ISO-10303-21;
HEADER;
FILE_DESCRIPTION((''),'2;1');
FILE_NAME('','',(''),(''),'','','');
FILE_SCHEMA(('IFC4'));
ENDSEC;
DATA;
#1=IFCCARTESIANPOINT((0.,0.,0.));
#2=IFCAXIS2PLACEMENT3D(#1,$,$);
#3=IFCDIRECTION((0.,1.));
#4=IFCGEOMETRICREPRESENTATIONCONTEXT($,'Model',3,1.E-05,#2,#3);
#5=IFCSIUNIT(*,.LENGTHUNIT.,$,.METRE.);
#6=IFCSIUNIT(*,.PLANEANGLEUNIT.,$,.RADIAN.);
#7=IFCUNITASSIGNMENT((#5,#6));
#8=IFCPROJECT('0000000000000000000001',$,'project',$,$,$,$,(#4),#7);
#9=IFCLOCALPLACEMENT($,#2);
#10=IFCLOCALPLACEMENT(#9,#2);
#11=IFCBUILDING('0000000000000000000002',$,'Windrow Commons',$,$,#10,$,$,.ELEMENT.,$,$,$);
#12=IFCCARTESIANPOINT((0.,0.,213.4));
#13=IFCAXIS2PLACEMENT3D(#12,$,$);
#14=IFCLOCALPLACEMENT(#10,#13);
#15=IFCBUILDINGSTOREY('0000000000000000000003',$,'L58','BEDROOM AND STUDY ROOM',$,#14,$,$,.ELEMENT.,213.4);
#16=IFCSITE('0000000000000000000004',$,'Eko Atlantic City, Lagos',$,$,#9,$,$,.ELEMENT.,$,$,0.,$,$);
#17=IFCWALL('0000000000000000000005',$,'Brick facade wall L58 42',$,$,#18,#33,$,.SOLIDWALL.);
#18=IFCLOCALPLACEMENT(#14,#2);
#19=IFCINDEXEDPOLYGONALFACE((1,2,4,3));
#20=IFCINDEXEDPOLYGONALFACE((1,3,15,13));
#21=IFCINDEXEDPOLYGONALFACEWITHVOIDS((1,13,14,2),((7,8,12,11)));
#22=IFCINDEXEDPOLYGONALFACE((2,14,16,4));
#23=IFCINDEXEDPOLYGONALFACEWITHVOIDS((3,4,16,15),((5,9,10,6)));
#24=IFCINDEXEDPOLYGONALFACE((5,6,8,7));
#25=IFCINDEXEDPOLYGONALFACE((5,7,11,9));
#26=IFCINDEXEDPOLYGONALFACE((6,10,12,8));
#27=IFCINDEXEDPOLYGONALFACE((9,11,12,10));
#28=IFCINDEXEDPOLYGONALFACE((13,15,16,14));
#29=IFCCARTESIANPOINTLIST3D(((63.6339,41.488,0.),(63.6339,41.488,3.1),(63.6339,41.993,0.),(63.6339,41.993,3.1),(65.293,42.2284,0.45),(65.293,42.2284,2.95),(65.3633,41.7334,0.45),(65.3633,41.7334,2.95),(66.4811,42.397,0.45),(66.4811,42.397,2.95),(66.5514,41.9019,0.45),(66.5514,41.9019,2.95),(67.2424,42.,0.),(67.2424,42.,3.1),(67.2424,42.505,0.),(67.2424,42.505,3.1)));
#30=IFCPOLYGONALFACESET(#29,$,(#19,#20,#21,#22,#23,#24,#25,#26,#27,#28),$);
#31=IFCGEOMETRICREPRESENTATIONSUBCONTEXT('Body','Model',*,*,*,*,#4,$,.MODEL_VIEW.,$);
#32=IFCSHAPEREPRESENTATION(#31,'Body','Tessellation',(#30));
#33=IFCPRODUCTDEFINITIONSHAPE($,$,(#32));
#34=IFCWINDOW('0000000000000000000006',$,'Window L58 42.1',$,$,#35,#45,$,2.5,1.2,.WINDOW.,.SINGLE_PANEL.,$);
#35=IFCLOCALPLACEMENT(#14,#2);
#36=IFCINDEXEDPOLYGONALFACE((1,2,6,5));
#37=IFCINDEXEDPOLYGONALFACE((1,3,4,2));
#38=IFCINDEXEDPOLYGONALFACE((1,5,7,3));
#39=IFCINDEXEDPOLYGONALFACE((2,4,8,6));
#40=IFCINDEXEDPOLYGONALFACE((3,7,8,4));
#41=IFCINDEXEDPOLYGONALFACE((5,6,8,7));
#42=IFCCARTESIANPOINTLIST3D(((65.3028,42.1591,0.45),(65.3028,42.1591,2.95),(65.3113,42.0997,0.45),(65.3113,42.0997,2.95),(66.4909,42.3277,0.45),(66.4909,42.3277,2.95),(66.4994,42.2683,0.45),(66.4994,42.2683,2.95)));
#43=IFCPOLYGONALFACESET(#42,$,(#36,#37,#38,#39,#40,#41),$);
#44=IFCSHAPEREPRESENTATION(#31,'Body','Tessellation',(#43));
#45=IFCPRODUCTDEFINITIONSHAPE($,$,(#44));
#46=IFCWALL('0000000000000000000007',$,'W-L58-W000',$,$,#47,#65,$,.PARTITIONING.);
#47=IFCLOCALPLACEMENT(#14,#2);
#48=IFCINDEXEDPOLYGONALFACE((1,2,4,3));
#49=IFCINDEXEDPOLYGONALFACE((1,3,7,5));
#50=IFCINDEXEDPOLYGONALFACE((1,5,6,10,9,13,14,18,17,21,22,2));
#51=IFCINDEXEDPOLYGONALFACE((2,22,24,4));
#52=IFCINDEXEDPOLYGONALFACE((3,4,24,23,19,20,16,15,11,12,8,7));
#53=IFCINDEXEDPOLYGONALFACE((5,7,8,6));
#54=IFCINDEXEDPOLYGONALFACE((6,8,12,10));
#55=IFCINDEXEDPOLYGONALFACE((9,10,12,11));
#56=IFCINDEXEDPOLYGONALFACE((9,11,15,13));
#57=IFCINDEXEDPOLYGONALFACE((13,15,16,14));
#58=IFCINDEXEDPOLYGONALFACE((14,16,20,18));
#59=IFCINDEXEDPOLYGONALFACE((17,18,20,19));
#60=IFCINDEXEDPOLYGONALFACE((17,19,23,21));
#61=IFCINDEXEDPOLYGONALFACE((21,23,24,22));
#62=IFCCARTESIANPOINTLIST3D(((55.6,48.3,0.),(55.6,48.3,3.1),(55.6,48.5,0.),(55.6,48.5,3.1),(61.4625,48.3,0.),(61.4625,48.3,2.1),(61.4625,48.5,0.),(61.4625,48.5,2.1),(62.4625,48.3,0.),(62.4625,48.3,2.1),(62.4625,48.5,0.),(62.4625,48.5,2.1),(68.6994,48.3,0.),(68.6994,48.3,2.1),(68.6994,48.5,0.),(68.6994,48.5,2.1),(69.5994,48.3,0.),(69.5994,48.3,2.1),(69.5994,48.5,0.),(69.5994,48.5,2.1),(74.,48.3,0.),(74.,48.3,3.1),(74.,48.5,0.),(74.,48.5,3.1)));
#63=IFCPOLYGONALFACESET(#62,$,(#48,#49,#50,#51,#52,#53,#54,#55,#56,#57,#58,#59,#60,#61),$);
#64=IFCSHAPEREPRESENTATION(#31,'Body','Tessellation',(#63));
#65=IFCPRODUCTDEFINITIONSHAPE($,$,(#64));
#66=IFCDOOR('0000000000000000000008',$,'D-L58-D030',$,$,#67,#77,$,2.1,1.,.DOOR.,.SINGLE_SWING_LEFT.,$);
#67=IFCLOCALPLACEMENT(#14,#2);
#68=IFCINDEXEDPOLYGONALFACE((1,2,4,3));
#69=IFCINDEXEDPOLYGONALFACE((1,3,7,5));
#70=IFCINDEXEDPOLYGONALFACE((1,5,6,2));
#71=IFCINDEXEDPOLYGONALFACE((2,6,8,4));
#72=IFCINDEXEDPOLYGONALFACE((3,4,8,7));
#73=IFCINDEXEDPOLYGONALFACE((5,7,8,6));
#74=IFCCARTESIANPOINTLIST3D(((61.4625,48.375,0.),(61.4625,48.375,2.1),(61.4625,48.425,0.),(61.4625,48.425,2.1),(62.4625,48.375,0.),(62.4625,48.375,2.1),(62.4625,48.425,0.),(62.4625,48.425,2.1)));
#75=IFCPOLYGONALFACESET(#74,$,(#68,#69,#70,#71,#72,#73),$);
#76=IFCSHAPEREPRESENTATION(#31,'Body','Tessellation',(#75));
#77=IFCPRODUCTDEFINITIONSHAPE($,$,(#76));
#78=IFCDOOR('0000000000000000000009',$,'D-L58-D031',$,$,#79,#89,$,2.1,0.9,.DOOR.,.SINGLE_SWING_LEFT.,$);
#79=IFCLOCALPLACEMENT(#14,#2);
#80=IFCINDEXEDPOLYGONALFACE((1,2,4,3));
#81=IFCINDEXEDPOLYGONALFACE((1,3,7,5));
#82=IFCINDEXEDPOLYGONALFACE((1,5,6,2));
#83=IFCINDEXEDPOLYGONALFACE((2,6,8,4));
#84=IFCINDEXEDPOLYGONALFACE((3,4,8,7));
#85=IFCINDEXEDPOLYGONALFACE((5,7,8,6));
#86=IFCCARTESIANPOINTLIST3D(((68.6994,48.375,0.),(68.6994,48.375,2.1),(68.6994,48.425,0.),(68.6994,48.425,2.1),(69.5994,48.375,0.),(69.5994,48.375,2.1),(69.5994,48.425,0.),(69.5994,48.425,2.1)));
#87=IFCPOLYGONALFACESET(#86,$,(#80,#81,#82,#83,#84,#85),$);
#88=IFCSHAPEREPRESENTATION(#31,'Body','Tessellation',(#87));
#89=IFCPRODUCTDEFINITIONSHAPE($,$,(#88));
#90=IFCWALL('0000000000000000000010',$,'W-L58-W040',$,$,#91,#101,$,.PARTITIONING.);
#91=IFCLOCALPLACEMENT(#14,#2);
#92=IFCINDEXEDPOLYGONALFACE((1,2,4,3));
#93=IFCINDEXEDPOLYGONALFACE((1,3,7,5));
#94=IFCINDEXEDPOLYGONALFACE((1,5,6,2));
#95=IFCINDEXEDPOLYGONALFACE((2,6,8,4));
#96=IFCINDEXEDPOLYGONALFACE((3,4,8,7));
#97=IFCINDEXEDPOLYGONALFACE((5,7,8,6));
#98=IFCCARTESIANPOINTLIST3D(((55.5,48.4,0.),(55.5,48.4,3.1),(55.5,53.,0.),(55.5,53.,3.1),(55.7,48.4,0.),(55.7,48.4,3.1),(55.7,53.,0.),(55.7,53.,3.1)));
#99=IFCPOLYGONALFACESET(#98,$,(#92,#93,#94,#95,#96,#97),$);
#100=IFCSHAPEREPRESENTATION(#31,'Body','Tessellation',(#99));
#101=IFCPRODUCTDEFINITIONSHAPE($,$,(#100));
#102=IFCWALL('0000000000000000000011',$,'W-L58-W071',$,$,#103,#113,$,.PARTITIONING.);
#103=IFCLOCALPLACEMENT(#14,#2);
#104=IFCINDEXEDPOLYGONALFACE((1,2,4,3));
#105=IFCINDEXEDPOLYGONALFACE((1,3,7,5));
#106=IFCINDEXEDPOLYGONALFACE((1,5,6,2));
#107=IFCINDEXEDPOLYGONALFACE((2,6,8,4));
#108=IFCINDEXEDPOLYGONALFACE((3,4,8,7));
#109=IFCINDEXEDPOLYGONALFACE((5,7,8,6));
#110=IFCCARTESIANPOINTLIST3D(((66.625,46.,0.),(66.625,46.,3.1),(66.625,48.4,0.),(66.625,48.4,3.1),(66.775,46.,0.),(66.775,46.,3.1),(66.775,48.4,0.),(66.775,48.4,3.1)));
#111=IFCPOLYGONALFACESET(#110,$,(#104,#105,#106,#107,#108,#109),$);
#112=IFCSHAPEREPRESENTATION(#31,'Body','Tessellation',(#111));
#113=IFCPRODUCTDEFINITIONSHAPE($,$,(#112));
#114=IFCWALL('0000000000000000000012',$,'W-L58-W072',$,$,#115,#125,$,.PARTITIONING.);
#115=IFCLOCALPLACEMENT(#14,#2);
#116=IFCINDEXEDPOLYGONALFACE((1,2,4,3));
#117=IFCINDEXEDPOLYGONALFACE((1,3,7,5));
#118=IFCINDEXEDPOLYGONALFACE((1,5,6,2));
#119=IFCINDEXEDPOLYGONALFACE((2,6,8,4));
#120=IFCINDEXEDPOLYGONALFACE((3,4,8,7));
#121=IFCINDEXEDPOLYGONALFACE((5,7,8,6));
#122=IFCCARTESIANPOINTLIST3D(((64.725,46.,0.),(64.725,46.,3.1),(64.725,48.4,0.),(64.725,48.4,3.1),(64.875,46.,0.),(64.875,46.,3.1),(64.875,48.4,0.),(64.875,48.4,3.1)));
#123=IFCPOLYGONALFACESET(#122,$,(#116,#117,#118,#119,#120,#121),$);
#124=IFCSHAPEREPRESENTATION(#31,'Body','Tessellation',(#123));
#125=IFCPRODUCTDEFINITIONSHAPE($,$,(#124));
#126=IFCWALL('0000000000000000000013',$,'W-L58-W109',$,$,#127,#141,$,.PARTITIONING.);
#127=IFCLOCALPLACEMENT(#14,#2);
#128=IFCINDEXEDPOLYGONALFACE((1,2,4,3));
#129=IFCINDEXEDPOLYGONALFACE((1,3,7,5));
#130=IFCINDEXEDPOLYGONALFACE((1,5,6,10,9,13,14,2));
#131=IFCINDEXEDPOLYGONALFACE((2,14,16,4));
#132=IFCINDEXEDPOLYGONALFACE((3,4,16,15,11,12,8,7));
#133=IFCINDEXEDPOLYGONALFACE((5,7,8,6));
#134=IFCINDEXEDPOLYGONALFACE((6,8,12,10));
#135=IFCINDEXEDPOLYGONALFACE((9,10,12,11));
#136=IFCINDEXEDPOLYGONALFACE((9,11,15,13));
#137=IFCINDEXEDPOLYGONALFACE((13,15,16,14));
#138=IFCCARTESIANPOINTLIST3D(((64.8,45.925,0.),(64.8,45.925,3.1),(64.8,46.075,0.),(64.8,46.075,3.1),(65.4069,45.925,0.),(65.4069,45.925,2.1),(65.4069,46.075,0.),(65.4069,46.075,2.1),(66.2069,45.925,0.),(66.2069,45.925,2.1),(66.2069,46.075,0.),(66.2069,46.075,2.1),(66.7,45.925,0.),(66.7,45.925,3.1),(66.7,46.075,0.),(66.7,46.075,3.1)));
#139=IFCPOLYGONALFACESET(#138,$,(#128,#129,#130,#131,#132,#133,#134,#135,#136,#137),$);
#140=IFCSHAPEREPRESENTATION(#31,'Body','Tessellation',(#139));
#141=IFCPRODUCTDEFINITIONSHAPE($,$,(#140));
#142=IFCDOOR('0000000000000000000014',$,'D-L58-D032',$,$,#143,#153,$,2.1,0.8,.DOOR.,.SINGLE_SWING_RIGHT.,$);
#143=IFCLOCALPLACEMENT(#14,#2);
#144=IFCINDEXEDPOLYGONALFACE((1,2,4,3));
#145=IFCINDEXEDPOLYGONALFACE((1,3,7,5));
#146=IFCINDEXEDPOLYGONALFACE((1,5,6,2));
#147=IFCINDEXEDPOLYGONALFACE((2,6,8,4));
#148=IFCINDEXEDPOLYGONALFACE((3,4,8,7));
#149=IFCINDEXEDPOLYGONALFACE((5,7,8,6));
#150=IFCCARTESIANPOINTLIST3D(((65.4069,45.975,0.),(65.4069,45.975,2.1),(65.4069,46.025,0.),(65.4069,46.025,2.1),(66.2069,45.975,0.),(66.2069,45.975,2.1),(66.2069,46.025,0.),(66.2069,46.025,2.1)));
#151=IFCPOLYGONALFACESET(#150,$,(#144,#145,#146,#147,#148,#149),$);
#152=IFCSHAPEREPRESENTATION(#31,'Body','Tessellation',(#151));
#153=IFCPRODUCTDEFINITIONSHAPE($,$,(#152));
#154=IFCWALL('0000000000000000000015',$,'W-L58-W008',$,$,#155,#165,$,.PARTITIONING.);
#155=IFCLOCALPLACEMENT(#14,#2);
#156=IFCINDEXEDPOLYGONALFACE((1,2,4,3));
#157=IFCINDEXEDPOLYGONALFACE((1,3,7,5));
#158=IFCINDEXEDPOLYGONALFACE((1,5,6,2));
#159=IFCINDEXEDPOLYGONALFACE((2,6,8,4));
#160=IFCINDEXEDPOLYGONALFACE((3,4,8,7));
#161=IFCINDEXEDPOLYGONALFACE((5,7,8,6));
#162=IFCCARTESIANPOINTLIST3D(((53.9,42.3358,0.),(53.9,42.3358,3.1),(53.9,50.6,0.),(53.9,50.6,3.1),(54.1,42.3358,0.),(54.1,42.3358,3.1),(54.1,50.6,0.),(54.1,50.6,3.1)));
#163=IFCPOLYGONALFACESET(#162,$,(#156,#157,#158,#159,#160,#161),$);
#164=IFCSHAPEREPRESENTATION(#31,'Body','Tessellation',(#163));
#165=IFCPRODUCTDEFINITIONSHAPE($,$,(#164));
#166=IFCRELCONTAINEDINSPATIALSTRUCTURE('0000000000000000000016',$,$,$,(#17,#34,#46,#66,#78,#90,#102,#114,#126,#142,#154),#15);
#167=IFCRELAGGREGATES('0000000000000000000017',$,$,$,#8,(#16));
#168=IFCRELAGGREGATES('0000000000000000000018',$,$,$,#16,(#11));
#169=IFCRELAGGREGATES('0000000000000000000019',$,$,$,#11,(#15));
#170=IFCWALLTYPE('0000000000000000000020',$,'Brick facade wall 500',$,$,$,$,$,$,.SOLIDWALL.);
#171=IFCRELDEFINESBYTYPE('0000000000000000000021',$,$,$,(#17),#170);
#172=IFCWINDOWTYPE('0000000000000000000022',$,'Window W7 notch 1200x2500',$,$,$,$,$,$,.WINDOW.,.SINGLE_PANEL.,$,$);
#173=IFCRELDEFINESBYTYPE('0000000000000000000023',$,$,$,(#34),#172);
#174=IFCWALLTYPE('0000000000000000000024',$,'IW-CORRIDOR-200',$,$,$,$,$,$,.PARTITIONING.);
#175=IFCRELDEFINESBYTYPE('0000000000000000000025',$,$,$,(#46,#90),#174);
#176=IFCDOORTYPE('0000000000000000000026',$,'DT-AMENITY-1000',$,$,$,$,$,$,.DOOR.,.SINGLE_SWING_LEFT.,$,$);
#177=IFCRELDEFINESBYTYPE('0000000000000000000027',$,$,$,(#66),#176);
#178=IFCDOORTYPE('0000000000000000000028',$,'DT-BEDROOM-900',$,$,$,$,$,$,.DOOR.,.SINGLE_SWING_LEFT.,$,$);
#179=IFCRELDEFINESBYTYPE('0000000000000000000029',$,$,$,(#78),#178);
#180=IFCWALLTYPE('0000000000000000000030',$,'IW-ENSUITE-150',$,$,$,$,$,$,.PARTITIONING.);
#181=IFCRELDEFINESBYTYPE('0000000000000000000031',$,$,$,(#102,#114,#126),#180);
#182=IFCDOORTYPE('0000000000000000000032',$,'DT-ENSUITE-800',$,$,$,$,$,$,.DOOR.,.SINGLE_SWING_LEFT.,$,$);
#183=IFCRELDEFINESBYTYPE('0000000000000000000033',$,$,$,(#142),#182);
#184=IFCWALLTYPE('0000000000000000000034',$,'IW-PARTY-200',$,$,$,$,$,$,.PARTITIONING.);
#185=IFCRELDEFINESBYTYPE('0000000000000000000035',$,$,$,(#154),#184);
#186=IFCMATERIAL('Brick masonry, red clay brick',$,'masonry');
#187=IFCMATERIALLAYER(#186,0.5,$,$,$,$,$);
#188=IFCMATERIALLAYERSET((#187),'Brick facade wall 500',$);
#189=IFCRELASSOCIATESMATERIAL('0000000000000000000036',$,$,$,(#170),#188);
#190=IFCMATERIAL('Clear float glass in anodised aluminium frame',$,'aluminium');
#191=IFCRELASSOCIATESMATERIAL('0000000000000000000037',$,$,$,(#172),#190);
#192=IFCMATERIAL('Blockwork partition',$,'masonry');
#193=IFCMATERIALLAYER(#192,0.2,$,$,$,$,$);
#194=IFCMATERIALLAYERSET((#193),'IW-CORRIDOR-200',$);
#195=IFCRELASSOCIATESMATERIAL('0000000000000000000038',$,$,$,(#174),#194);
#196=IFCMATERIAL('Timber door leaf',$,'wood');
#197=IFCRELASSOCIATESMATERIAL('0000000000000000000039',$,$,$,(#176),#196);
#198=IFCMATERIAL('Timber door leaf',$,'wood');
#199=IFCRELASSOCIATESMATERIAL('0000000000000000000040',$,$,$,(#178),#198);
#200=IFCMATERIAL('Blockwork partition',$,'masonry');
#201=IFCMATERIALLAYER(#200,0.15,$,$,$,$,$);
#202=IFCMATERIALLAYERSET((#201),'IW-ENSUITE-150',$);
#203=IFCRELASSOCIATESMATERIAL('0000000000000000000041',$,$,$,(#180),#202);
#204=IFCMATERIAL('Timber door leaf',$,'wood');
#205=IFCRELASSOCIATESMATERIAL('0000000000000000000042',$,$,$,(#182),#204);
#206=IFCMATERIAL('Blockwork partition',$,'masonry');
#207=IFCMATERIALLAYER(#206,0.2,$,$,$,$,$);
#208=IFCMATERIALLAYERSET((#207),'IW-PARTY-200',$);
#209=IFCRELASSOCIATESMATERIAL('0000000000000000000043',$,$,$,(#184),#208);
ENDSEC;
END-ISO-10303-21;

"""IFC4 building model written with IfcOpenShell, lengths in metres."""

from ifc_helpers import new_model, si_unit, direction, frame, frame_2d, origin, place, context, subcontext, project, spatial, polyline, rectangle, outline, extrude, material, layer, layer_set, type_object, element, fill, save


model = new_model("IFC4")

# Units and contexts
model_context = context("Model", 3, precision=1e-05, world=origin(), true_north=direction((0.0, 1.0)))
body_context = subcontext(model_context, "Body", "Model", "MODEL_VIEW")
ifc_project = project(units=[si_unit("LENGTHUNIT", "METRE"), si_unit("PLANEANGLEUNIT", "RADIAN")], contexts=[model_context])

# Site, building, storey
site_placement = place(None, origin())
site = spatial("IfcSite", under=ifc_project, at=site_placement, Name="Eko Atlantic City, Lagos", CompositionType="ELEMENT", RefElevation=0.0)
building_placement = place(site_placement, origin())
building = spatial("IfcBuilding", under=site, at=building_placement, Name="Windrow Commons", CompositionType="ELEMENT")
storey_placement = place(building_placement, frame((0.0, 0.0, 213.4)))
storey = spatial("IfcBuildingStorey", under=building, at=storey_placement, Name="L58", Description="BEDROOM AND STUDY ROOM", CompositionType="ELEMENT", Elevation=213.4)

# Wall, opening, window
ifc_material_1 = material(Name="Brick masonry, red clay brick", Category="masonry")
ifc_layer_1 = layer(ifc_material_1, 0.5)
ifc_layer_set_1 = layer_set([ifc_layer_1], Name="Brick facade wall 500")
wall_type_1 = type_object("IfcWallType", Name="Brick facade wall 500", PredefinedType="SOLIDWALL", material=ifc_layer_set_1)
ifc_material_2 = material(Name="Clear float glass in anodised aluminium frame", Category="aluminium")
window_type = type_object("IfcWindowType", Name="Window W7 notch 1200x2500", PartitioningType="SINGLE_PANEL", PredefinedType="WINDOW", material=ifc_material_2)
wall_1_placement = place(storey_placement, frame((63.6339, 41.7405, 0.0), z_axis=(0.0, 0.0, 1.0), x_axis=(0.990083, 0.14048, 0.0)))
wall_1 = element("IfcWall", 1, at=wall_1_placement, inside=storey, type_object=wall_type_1, Name="Brick facade wall L58 42", PredefinedType="SOLIDWALL", context=body_context, shape_type="SweptSolid", body=[
    extrude(outline(polyline([(-0.0355, -0.25), (3.6092, -0.25), (3.6801, 0.25), (0.0355, 0.25), (-0.0355, -0.25)])), origin(), (0.0, 0.0, 1.0), 3.1),
])
opening_1_placement = place(wall_1_placement, frame((1.7112, 0.0, 0.45)))
opening_1 = element("IfcOpeningElement", 2, at=opening_1_placement, cuts=wall_1, PredefinedType="OPENING", context=body_context, shape_type="SweptSolid", body=[
    extrude(rectangle(XDim=1.2, YDim=2.5, at=frame_2d((0.6, 1.25))), frame((0.0, 0.26, 0.0), z_axis=(0.0, -1.0, 0.0), x_axis=(1.0, 0.0, 0.0)), (0.0, 0.0, 1.0), 0.52),
])
window_1_placement = place(opening_1_placement, origin())
window_1 = element("IfcWindow", 3, at=window_1_placement, inside=storey, type_object=window_type, Name="Window L58 42.1", OverallHeight=2.5, OverallWidth=1.2, PartitioningType="SINGLE_PANEL", PredefinedType="WINDOW", context=body_context, shape_type="SweptSolid", body=[
    extrude(rectangle(XDim=1.2, YDim=2.5, at=frame_2d((0.6, 1.25))), frame((0.0, 0.18, 0.0), z_axis=(0.0, -1.0, 0.0), x_axis=(1.0, 0.0, 0.0)), (0.0, 0.0, 1.0), 0.06),
])
fill(opening_1, window_1)

# Wall, openings, doors
ifc_material_3 = material(Name="Blockwork partition", Category="masonry")
ifc_layer_2 = layer(ifc_material_3, 0.2)
ifc_layer_set_2 = layer_set([ifc_layer_2], Name="IW-CORRIDOR-200")
wall_type_2 = type_object("IfcWallType", Name="IW-CORRIDOR-200", PredefinedType="PARTITIONING", material=ifc_layer_set_2)
wall_2_placement = place(storey_placement, frame((55.6, 48.4, 0.0), z_axis=(0.0, 0.0, 1.0), x_axis=(1.0, 0.0, 0.0)))
wall_2 = element("IfcWall", 4, at=wall_2_placement, inside=storey, type_object=wall_type_2, Name="W-L58-W000", PredefinedType="PARTITIONING", context=body_context, shape_type="SweptSolid", body=[
    extrude(rectangle(XDim=18.4, YDim=0.2, at=frame_2d((9.2, 0.0))), origin(), (0.0, 0.0, 1.0), 3.1),
])
opening_2_placement = place(wall_2_placement, frame((5.8625, 0.0, 0.0)))
opening_2 = element("IfcOpeningElement", 5, at=opening_2_placement, cuts=wall_2, PredefinedType="OPENING", context=body_context, shape_type="SweptSolid", body=[
    extrude(rectangle(XDim=1.0, YDim=2.1, at=frame_2d((0.5, 1.05))), frame((0.0, 0.11, 0.0), z_axis=(0.0, -1.0, 0.0), x_axis=(1.0, 0.0, 0.0)), (0.0, 0.0, 1.0), 0.22),
])
opening_3_placement = place(wall_2_placement, frame((13.0994, 0.0, 0.0)))
opening_3 = element("IfcOpeningElement", 6, at=opening_3_placement, cuts=wall_2, PredefinedType="OPENING", context=body_context, shape_type="SweptSolid", body=[
    extrude(rectangle(XDim=0.9, YDim=2.1, at=frame_2d((0.45, 1.05))), frame((0.0, 0.11, 0.0), z_axis=(0.0, -1.0, 0.0), x_axis=(1.0, 0.0, 0.0)), (0.0, 0.0, 1.0), 0.22),
])
ifc_material_4 = material(Name="Timber door leaf", Category="wood")
door_type_1 = type_object("IfcDoorType", Name="DT-AMENITY-1000", OperationType="SINGLE_SWING_LEFT", PredefinedType="DOOR", material=ifc_material_4)
door_1_placement = place(opening_2_placement, origin())
door_1 = element("IfcDoor", 7, at=door_1_placement, inside=storey, type_object=door_type_1, Name="D-L58-D030", OperationType="SINGLE_SWING_LEFT", OverallHeight=2.1, OverallWidth=1.0, PredefinedType="DOOR", context=body_context, shape_type="SweptSolid", body=[
    extrude(rectangle(XDim=1.0, YDim=2.1, at=frame_2d((0.5, 1.05))), frame((0.0, 0.025, 0.0), z_axis=(0.0, -1.0, 0.0), x_axis=(1.0, 0.0, 0.0)), (0.0, 0.0, 1.0), 0.05),
])
fill(opening_2, door_1)
ifc_material_5 = material(Name="Timber door leaf", Category="wood")
door_type_2 = type_object("IfcDoorType", Name="DT-BEDROOM-900", OperationType="SINGLE_SWING_LEFT", PredefinedType="DOOR", material=ifc_material_5)
door_2_placement = place(opening_3_placement, origin())
door_2 = element("IfcDoor", 8, at=door_2_placement, inside=storey, type_object=door_type_2, Name="D-L58-D031", OperationType="SINGLE_SWING_LEFT", OverallHeight=2.1, OverallWidth=0.9, PredefinedType="DOOR", context=body_context, shape_type="SweptSolid", body=[
    extrude(rectangle(XDim=0.9, YDim=2.1, at=frame_2d((0.45, 1.05))), frame((0.0, 0.025, 0.0), z_axis=(0.0, -1.0, 0.0), x_axis=(1.0, 0.0, 0.0)), (0.0, 0.0, 1.0), 0.05),
])
fill(opening_3, door_2)

# Walls
wall_3_placement = place(storey_placement, frame((55.6, 48.4, 0.0), z_axis=(0.0, 0.0, 1.0), x_axis=(0.0, 1.0, 0.0)))
element("IfcWall", 9, at=wall_3_placement, inside=storey, type_object=wall_type_2, Name="W-L58-W040", PredefinedType="PARTITIONING", context=body_context, shape_type="SweptSolid", body=[
    extrude(rectangle(XDim=4.6, YDim=0.2, at=frame_2d((2.3, 0.0))), origin(), (0.0, 0.0, 1.0), 3.1),
])
ifc_material_6 = material(Name="Blockwork partition", Category="masonry")
ifc_layer_3 = layer(ifc_material_6, 0.15)
ifc_layer_set_3 = layer_set([ifc_layer_3], Name="IW-ENSUITE-150")
wall_type_3 = type_object("IfcWallType", Name="IW-ENSUITE-150", PredefinedType="PARTITIONING", material=ifc_layer_set_3)
for number, where, z_axis, x_axis, name in (
    (10, (66.7, 46.0, 0.0), (0.0, 0.0, 1.0), (0.0, 1.0, 0.0), "W-L58-W071"),
    (11, (64.8, 46.0, 0.0), (0.0, 0.0, 1.0), (0.0, 1.0, 0.0), "W-L58-W072"),
):
    element("IfcWall", number, at=place(storey_placement, frame(where, z_axis=z_axis, x_axis=x_axis)), inside=storey, type_object=wall_type_3, Name=name, PredefinedType="PARTITIONING", context=body_context, shape_type="SweptSolid", body=[
        extrude(rectangle(XDim=2.4, YDim=0.15, at=frame_2d((1.2, 0.0))), origin(), (0.0, 0.0, 1.0), 3.1),
    ])

# Wall, opening, door
wall_4_placement = place(storey_placement, frame((64.8, 46.0, 0.0), z_axis=(0.0, 0.0, 1.0), x_axis=(1.0, 0.0, 0.0)))
wall_4 = element("IfcWall", 12, at=wall_4_placement, inside=storey, type_object=wall_type_3, Name="W-L58-W109", PredefinedType="PARTITIONING", context=body_context, shape_type="SweptSolid", body=[
    extrude(rectangle(XDim=1.9, YDim=0.15, at=frame_2d((0.95, 0.0))), origin(), (0.0, 0.0, 1.0), 3.1),
])
opening_4_placement = place(wall_4_placement, frame((0.6069, 0.0, 0.0)))
opening_4 = element("IfcOpeningElement", 13, at=opening_4_placement, cuts=wall_4, PredefinedType="OPENING", context=body_context, shape_type="SweptSolid", body=[
    extrude(rectangle(XDim=0.8, YDim=2.1, at=frame_2d((0.4, 1.05))), frame((0.0, 0.085, 0.0), z_axis=(0.0, -1.0, 0.0), x_axis=(1.0, 0.0, 0.0)), (0.0, 0.0, 1.0), 0.17),
])
ifc_material_7 = material(Name="Timber door leaf", Category="wood")
door_type_3 = type_object("IfcDoorType", Name="DT-ENSUITE-800", OperationType="SINGLE_SWING_LEFT", PredefinedType="DOOR", material=ifc_material_7)
door_3_placement = place(opening_4_placement, origin())
door_3 = element("IfcDoor", 14, at=door_3_placement, inside=storey, type_object=door_type_3, Name="D-L58-D032", OperationType="SINGLE_SWING_RIGHT", OverallHeight=2.1, OverallWidth=0.8, PredefinedType="DOOR", context=body_context, shape_type="SweptSolid", body=[
    extrude(rectangle(XDim=0.8, YDim=2.1, at=frame_2d((0.4, 1.05))), frame((0.0, 0.025, 0.0), z_axis=(0.0, -1.0, 0.0), x_axis=(1.0, 0.0, 0.0)), (0.0, 0.0, 1.0), 0.05),
])
fill(opening_4, door_3)

# Wall
ifc_material_8 = material(Name="Blockwork partition", Category="masonry")
ifc_layer_4 = layer(ifc_material_8, 0.2)
ifc_layer_set_4 = layer_set([ifc_layer_4], Name="IW-PARTY-200")
wall_type_4 = type_object("IfcWallType", Name="IW-PARTY-200", PredefinedType="PARTITIONING", material=ifc_layer_set_4)
wall_5_placement = place(storey_placement, frame((54.0, 42.3359, 0.0), z_axis=(0.0, 0.0, 1.0), x_axis=(0.0, 1.0, 0.0)))
element("IfcWall", 15, at=wall_5_placement, inside=storey, type_object=wall_type_4, Name="W-L58-W008", PredefinedType="PARTITIONING", context=body_context, shape_type="SweptSolid", body=[
    extrude(rectangle(XDim=8.2641, YDim=0.2, at=frame_2d((4.132, 0.0))), origin(), (0.0, 0.0, 1.0), 3.1),
])

save(model, "model.ifc")
